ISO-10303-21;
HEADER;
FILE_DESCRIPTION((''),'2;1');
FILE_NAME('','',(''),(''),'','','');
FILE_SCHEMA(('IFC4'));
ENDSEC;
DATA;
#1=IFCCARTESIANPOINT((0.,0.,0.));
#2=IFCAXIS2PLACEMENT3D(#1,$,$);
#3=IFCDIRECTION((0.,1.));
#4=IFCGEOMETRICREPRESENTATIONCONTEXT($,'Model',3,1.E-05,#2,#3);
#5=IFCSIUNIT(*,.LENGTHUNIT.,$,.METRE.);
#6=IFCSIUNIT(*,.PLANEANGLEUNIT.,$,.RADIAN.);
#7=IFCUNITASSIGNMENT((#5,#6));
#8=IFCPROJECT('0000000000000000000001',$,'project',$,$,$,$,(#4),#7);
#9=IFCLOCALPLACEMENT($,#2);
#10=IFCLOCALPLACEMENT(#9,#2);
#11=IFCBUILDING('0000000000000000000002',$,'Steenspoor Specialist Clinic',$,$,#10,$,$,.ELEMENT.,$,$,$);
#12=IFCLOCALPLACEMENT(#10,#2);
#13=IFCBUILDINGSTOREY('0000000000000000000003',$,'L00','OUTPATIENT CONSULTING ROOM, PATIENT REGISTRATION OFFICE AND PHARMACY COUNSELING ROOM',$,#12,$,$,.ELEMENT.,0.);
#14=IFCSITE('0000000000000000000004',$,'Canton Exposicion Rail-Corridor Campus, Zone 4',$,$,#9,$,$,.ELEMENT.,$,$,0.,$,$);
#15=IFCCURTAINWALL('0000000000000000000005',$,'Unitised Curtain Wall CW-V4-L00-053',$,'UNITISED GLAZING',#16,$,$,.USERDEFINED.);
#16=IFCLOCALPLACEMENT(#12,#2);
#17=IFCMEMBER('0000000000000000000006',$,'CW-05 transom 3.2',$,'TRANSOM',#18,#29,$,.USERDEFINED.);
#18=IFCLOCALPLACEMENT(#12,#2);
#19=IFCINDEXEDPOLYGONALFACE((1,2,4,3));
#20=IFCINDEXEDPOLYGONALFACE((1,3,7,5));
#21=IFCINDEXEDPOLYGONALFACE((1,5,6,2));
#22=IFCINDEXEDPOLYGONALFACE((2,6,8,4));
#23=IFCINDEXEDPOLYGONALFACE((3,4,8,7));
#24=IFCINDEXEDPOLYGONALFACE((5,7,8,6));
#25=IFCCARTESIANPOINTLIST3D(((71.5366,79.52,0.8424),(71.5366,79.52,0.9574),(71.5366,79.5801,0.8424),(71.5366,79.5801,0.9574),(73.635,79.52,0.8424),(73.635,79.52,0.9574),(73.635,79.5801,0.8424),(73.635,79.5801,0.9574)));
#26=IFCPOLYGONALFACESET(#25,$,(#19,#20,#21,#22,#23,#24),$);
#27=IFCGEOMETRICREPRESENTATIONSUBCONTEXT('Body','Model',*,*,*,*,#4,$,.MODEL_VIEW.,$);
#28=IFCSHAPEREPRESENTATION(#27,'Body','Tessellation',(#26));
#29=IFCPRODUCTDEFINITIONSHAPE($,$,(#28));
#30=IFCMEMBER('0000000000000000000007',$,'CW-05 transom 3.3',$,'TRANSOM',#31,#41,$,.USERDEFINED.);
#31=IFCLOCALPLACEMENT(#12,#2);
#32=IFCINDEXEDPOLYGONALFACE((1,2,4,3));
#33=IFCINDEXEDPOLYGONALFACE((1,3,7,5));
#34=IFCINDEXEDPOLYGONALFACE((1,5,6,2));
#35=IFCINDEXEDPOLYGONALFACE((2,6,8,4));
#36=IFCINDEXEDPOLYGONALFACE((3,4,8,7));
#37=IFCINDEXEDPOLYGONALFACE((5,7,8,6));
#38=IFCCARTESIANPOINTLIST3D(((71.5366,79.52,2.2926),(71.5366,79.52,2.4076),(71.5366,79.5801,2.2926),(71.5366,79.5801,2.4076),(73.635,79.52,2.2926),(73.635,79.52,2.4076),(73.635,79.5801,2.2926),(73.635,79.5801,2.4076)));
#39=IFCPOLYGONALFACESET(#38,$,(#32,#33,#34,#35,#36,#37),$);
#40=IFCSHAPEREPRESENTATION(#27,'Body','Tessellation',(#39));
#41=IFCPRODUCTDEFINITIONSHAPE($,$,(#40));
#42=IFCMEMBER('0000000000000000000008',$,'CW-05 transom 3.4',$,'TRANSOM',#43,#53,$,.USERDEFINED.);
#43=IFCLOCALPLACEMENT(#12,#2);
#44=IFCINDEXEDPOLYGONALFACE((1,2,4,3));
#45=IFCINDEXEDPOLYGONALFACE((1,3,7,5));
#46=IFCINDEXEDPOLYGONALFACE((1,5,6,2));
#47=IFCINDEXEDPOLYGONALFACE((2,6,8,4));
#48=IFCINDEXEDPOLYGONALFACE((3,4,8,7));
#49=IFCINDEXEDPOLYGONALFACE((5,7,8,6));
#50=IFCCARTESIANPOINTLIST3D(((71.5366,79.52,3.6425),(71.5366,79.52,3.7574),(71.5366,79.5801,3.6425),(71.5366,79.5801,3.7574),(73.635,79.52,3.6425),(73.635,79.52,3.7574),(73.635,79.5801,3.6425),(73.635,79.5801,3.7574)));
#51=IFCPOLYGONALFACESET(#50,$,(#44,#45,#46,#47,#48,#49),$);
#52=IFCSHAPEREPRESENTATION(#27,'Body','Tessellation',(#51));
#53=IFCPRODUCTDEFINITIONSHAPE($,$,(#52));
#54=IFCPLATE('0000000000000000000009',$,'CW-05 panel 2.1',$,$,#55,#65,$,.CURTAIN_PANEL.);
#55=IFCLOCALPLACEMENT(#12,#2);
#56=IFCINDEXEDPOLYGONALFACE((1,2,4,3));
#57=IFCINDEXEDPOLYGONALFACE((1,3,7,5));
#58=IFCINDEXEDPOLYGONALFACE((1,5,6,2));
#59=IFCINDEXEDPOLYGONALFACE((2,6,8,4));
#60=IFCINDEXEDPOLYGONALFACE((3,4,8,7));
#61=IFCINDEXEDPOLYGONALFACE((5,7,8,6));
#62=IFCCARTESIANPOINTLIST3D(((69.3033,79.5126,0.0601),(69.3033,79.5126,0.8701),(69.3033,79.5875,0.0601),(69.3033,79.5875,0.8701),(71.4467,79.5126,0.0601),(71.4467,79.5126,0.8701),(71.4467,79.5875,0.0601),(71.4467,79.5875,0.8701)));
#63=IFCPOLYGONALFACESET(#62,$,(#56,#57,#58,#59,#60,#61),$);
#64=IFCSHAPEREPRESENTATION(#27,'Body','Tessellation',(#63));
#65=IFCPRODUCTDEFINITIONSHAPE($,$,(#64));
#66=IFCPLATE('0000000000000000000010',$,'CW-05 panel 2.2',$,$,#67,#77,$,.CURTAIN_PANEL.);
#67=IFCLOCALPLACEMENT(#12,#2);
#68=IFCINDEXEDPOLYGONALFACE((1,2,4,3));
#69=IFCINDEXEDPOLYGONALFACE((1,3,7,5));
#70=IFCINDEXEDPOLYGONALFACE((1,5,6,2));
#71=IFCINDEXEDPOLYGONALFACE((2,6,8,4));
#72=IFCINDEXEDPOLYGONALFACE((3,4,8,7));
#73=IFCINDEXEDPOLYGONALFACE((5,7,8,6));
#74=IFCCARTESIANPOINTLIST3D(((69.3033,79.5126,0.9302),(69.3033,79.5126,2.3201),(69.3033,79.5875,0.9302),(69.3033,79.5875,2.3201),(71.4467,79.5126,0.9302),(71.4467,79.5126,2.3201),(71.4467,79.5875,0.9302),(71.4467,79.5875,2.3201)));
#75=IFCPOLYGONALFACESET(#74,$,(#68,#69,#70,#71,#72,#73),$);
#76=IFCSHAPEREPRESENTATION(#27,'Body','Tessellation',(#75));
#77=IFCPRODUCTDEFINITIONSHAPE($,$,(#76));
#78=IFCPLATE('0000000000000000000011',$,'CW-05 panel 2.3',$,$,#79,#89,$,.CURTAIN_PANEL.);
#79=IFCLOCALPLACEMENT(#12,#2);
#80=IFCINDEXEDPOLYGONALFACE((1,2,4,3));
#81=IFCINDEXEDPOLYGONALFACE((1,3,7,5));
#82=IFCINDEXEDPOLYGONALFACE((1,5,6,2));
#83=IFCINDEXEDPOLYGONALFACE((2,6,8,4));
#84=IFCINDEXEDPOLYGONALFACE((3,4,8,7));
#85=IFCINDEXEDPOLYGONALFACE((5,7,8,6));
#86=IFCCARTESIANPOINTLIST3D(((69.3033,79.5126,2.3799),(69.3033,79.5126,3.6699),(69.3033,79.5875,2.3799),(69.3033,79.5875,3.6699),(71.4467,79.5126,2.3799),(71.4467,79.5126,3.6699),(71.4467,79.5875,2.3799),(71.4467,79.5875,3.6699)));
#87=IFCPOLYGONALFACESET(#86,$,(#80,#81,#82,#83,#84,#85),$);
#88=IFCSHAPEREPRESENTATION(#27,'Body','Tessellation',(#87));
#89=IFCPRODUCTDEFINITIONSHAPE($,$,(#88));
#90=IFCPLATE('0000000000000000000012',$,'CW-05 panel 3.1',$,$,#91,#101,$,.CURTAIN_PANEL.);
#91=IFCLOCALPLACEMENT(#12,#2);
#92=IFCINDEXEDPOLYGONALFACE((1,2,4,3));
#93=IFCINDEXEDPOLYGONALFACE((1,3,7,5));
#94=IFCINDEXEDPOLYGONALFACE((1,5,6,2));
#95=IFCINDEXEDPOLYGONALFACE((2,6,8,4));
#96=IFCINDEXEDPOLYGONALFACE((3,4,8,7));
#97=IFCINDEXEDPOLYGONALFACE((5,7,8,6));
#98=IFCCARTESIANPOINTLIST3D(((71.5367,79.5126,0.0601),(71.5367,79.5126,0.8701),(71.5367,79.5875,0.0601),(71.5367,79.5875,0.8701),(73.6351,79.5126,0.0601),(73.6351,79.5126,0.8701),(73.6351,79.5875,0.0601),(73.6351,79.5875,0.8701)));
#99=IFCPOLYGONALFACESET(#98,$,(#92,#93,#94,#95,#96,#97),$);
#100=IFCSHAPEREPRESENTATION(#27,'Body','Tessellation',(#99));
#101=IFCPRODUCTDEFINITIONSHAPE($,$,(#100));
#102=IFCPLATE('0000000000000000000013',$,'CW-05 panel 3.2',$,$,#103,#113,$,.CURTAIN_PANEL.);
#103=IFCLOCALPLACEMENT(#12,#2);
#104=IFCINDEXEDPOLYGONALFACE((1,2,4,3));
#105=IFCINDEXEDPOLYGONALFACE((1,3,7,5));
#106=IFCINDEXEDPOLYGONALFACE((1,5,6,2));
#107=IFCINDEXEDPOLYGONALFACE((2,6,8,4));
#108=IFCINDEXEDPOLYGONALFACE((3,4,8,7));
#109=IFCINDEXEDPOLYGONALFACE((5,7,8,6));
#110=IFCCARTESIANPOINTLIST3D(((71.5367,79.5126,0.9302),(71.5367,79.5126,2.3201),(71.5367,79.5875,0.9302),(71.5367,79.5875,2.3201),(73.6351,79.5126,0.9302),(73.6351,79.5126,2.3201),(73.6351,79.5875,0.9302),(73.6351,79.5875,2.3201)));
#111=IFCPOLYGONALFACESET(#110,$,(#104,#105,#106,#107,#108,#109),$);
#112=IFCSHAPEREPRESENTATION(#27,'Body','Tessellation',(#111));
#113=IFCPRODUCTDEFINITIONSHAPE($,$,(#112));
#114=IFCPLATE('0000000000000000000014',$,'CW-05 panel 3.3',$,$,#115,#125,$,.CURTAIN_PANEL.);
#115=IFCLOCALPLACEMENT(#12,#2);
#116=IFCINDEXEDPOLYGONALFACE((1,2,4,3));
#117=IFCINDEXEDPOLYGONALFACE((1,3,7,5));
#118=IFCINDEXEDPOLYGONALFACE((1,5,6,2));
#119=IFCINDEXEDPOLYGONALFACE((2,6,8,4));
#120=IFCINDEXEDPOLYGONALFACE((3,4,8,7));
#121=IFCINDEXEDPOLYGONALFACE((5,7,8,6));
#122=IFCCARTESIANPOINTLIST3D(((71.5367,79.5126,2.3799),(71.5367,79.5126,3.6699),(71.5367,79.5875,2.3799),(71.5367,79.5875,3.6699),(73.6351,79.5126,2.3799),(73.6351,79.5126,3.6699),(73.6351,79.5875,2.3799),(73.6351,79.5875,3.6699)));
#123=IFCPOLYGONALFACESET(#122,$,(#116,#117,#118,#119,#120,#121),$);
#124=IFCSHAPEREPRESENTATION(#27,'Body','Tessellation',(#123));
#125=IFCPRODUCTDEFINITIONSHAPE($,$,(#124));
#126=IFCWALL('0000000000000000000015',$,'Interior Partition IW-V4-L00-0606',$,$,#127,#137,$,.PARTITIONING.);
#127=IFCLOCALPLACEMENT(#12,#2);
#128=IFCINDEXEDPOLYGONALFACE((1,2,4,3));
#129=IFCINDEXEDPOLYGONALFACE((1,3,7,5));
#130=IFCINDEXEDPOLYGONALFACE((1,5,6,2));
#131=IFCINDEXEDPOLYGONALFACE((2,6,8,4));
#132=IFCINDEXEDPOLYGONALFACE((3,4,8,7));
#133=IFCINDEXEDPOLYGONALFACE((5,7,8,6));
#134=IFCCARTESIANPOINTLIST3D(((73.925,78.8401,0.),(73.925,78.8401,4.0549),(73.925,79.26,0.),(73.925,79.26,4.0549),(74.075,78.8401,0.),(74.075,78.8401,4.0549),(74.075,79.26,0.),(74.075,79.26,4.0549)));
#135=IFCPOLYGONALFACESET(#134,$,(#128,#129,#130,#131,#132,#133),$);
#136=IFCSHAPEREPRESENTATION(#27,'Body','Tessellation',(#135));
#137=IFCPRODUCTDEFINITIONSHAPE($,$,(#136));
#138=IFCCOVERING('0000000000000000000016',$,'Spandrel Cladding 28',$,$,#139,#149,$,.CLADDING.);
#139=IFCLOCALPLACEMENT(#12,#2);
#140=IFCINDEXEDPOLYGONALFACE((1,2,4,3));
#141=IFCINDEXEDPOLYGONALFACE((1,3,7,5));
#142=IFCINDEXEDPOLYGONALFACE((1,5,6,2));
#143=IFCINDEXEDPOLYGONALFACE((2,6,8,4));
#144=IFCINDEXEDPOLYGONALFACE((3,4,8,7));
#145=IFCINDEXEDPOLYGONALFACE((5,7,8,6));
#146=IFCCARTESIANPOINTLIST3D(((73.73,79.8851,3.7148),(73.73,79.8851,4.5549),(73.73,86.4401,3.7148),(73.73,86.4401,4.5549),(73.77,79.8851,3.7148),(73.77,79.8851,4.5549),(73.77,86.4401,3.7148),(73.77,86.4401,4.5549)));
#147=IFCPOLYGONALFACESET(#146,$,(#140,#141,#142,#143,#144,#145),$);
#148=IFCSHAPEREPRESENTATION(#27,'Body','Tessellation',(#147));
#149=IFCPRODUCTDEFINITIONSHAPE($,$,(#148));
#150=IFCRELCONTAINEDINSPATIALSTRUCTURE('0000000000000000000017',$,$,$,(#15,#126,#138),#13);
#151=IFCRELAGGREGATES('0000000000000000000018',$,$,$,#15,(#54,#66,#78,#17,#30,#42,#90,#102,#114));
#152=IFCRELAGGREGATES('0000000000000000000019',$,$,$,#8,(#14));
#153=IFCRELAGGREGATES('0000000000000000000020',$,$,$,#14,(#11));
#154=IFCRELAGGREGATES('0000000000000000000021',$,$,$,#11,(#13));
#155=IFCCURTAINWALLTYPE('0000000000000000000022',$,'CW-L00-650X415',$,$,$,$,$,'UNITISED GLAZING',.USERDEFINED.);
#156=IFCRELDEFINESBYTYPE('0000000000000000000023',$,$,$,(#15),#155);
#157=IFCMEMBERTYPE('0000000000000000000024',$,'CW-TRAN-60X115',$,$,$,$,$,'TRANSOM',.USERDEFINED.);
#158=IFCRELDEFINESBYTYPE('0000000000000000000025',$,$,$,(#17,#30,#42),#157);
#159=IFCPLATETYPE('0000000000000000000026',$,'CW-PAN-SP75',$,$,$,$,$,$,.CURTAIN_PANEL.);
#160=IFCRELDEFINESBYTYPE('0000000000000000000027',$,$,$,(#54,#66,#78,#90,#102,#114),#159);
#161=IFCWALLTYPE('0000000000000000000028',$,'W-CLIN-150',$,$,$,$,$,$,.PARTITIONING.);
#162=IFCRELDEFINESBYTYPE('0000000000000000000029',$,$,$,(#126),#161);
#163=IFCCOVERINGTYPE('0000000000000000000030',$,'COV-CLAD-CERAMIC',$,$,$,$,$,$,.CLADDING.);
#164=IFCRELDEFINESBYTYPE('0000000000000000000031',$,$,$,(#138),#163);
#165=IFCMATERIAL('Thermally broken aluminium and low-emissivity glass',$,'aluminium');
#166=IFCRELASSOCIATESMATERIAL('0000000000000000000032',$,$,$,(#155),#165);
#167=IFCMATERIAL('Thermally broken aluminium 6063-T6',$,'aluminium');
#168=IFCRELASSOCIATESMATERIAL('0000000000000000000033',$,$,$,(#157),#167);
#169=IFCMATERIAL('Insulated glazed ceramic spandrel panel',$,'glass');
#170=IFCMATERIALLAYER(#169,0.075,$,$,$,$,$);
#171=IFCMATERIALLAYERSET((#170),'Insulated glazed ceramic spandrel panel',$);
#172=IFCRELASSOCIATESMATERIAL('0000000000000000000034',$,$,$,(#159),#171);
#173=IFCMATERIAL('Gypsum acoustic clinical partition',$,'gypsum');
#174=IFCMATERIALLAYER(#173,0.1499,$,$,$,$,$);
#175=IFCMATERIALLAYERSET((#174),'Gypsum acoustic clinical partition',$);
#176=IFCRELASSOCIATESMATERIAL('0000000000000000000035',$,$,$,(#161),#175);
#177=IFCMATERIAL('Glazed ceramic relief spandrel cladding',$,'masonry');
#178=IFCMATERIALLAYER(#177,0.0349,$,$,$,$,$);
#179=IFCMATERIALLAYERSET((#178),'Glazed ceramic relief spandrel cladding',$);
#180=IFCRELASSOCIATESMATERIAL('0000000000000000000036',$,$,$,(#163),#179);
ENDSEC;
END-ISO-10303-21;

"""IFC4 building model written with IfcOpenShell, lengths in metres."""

from ifc_helpers import new_model, si_unit, direction, frame, frame_2d, origin, origin_2d, place, context, subcontext, project, spatial, rectangle, extrude, material, layer, layer_set, material_profile, profile_set, type_object, element, aggregate, save


model = new_model("IFC4")

# Units and contexts
model_context = context("Model", 3, precision=1e-05, world=origin(), true_north=direction((0.0, 1.0)))
body_context = subcontext(model_context, "Body", "Model", "MODEL_VIEW")
ifc_project = project(units=[si_unit("LENGTHUNIT", "METRE"), si_unit("PLANEANGLEUNIT", "RADIAN")], contexts=[model_context])

# Site, building, storey
site_placement = place(None, origin())
site = spatial("IfcSite", under=ifc_project, at=site_placement, Name="Canton Exposicion Rail-Corridor Campus, Zone 4", CompositionType="ELEMENT", RefElevation=0.0)
building_placement = place(site_placement, origin())
building = spatial("IfcBuilding", under=site, at=building_placement, Name="Steenspoor Specialist Clinic", CompositionType="ELEMENT")
storey_placement = place(building_placement, origin())
storey = spatial("IfcBuildingStorey", under=building, at=storey_placement, Name="L00", Description="OUTPATIENT CONSULTING ROOM, PATIENT REGISTRATION OFFICE AND PHARMACY COUNSELING ROOM", CompositionType="ELEMENT", Elevation=0.0)

# Curtain wall, members, plates
ifc_material_1 = material(Name="Thermally broken aluminium and low-emissivity glass", Category="aluminium")
curtain_wall_type = type_object("IfcCurtainWallType", Name="CW-L00-650X415", ElementType="UNITISED GLAZING", PredefinedType="USERDEFINED", material=ifc_material_1)
curtain_wall_placement = place(storey_placement, origin())
curtain_wall = element("IfcCurtainWall", 1, at=curtain_wall_placement, inside=storey, type_object=curtain_wall_type, Name="Unitised Curtain Wall CW-V4-L00-053", ObjectType="UNITISED GLAZING", PredefinedType="USERDEFINED")
ifc_material_2 = material(Name="Thermally broken aluminium 6063-T6", Category="aluminium")
ifc_material_profile_1 = material_profile(ifc_material_2, rectangle(XDim=0.0601, YDim=0.115, at=origin_2d()), Name="CWT-60X115")
ifc_profile_set_1 = profile_set([ifc_material_profile_1], Name="Thermally broken aluminium 6063-T6")
member_type_1 = type_object("IfcMemberType", Name="CW-TRAN-60X115", ElementType="TRANSOM", PredefinedType="USERDEFINED", material=ifc_profile_set_1)
member_1_placement = place(storey_placement, frame((71.5366, 79.55, 0.8999), z_axis=(1.0, 0.0, 0.0), x_axis=(0.0, 1.0, 0.0)))
member_1 = element("IfcMember", 2, at=member_1_placement, type_object=member_type_1, Name="CW-05 transom 3.2", ObjectType="TRANSOM", PredefinedType="USERDEFINED", context=body_context, shape_type="SweptSolid", body=[
    extrude(rectangle(XDim=0.0601, YDim=0.115, at=origin_2d()), origin(), (0.0, 0.0, 1.0), 2.0984),
])
member_2_placement = place(storey_placement, frame((71.5366, 79.55, 2.3501), z_axis=(1.0, 0.0, 0.0), x_axis=(0.0, 1.0, 0.0)))
member_2 = element("IfcMember", 3, at=member_2_placement, type_object=member_type_1, Name="CW-05 transom 3.3", ObjectType="TRANSOM", PredefinedType="USERDEFINED", context=body_context, shape_type="SweptSolid", body=[
    extrude(rectangle(XDim=0.0601, YDim=0.115, at=origin_2d()), origin(), (0.0, 0.0, 1.0), 2.0984),
])
member_3_placement = place(storey_placement, frame((71.5366, 79.55, 3.7), z_axis=(1.0, 0.0, 0.0), x_axis=(0.0, 1.0, 0.0)))
member_3 = element("IfcMember", 4, at=member_3_placement, type_object=member_type_1, Name="CW-05 transom 3.4", ObjectType="TRANSOM", PredefinedType="USERDEFINED", context=body_context, shape_type="SweptSolid", body=[
    extrude(rectangle(XDim=0.0601, YDim=0.115, at=origin_2d()), origin(), (0.0, 0.0, 1.0), 2.0984),
])
ifc_material_3 = material(Name="Insulated glazed ceramic spandrel panel", Category="glass")
ifc_layer_1 = layer(ifc_material_3, 0.075)
ifc_layer_set_1 = layer_set([ifc_layer_1], Name="Insulated glazed ceramic spandrel panel")
plate_type = type_object("IfcPlateType", Name="CW-PAN-SP75", PredefinedType="CURTAIN_PANEL", material=ifc_layer_set_1)
plate_1_placement = place(storey_placement, frame((70.375, 79.55, 0.0601), z_axis=(0.0, 0.0, 1.0), x_axis=(1.0, 0.0, 0.0)))
plate_1 = element("IfcPlate", 5, at=plate_1_placement, type_object=plate_type, Name="CW-05 panel 2.1", PredefinedType="CURTAIN_PANEL", context=body_context, shape_type="SweptSolid", body=[
    extrude(rectangle(XDim=2.1433, YDim=0.075, at=origin_2d()), origin(), (0.0, 0.0, 1.0), 0.8101),
])
plate_2_placement = place(storey_placement, frame((70.375, 79.55, 0.9302), z_axis=(0.0, 0.0, 1.0), x_axis=(1.0, 0.0, 0.0)))
plate_2 = element("IfcPlate", 6, at=plate_2_placement, type_object=plate_type, Name="CW-05 panel 2.2", PredefinedType="CURTAIN_PANEL", context=body_context, shape_type="SweptSolid", body=[
    extrude(rectangle(XDim=2.1433, YDim=0.075, at=origin_2d()), origin(), (0.0, 0.0, 1.0), 1.3899),
])
plate_3_placement = place(storey_placement, frame((70.375, 79.55, 2.3799), z_axis=(0.0, 0.0, 1.0), x_axis=(1.0, 0.0, 0.0)))
plate_3 = element("IfcPlate", 7, at=plate_3_placement, type_object=plate_type, Name="CW-05 panel 2.3", PredefinedType="CURTAIN_PANEL", context=body_context, shape_type="SweptSolid", body=[
    extrude(rectangle(XDim=2.1433, YDim=0.075, at=origin_2d()), origin(), (0.0, 0.0, 1.0), 1.29),
])
plate_4_placement = place(storey_placement, frame((72.5859, 79.55, 0.0601), z_axis=(0.0, 0.0, 1.0), x_axis=(1.0, 0.0, 0.0)))
plate_4 = element("IfcPlate", 8, at=plate_4_placement, type_object=plate_type, Name="CW-05 panel 3.1", PredefinedType="CURTAIN_PANEL", context=body_context, shape_type="SweptSolid", body=[
    extrude(rectangle(XDim=2.0984, YDim=0.075, at=origin_2d()), origin(), (0.0, 0.0, 1.0), 0.8101),
])
plate_5_placement = place(storey_placement, frame((72.5859, 79.55, 0.9302), z_axis=(0.0, 0.0, 1.0), x_axis=(1.0, 0.0, 0.0)))
plate_5 = element("IfcPlate", 9, at=plate_5_placement, type_object=plate_type, Name="CW-05 panel 3.2", PredefinedType="CURTAIN_PANEL", context=body_context, shape_type="SweptSolid", body=[
    extrude(rectangle(XDim=2.0984, YDim=0.075, at=origin_2d()), origin(), (0.0, 0.0, 1.0), 1.3899),
])
plate_6_placement = place(storey_placement, frame((72.5859, 79.55, 2.3799), z_axis=(0.0, 0.0, 1.0), x_axis=(1.0, 0.0, 0.0)))
plate_6 = element("IfcPlate", 10, at=plate_6_placement, type_object=plate_type, Name="CW-05 panel 3.3", PredefinedType="CURTAIN_PANEL", context=body_context, shape_type="SweptSolid", body=[
    extrude(rectangle(XDim=2.0984, YDim=0.075, at=origin_2d()), origin(), (0.0, 0.0, 1.0), 1.29),
])
aggregate(curtain_wall, [plate_1, plate_2, plate_3, member_1, member_2, member_3, plate_4, plate_5, plate_6])

# Wall
ifc_material_4 = material(Name="Gypsum acoustic clinical partition", Category="gypsum")
ifc_layer_2 = layer(ifc_material_4, 0.1499)
ifc_layer_set_2 = layer_set([ifc_layer_2], Name="Gypsum acoustic clinical partition")
wall_type = type_object("IfcWallType", Name="W-CLIN-150", PredefinedType="PARTITIONING", material=ifc_layer_set_2)
wall_placement = place(storey_placement, frame((74.0, 78.8401, 0.0), z_axis=(0.0, 0.0, 1.0), x_axis=(0.0, 1.0, 0.0)))
element("IfcWall", 11, at=wall_placement, inside=storey, type_object=wall_type, Name="Interior Partition IW-V4-L00-0606", PredefinedType="PARTITIONING", context=body_context, shape_type="SweptSolid", body=[
    extrude(rectangle(XDim=0.4199, YDim=0.1499, at=frame_2d((0.21, 0.0))), origin(), (0.0, 0.0, 1.0), 4.0549),
])

# Covering
ifc_material_5 = material(Name="Glazed ceramic relief spandrel cladding", Category="masonry")
ifc_layer_3 = layer(ifc_material_5, 0.0349)
ifc_layer_set_3 = layer_set([ifc_layer_3], Name="Glazed ceramic relief spandrel cladding")
covering_type = type_object("IfcCoveringType", Name="COV-CLAD-CERAMIC", PredefinedType="CLADDING", material=ifc_layer_set_3)
covering_placement = place(storey_placement, frame((73.75, 83.1626, 3.7148), z_axis=(0.0, 0.0, 1.0), x_axis=(0.0, 1.0, 0.0)))
element("IfcCovering", 12, at=covering_placement, inside=storey, type_object=covering_type, Name="Spandrel Cladding 28", PredefinedType="CLADDING", context=body_context, shape_type="SweptSolid", body=[
    extrude(rectangle(XDim=6.5549, YDim=0.04, at=origin_2d()), origin(), (0.0, 0.0, 1.0), 0.8401),
])

save(model, "model.ifc")
